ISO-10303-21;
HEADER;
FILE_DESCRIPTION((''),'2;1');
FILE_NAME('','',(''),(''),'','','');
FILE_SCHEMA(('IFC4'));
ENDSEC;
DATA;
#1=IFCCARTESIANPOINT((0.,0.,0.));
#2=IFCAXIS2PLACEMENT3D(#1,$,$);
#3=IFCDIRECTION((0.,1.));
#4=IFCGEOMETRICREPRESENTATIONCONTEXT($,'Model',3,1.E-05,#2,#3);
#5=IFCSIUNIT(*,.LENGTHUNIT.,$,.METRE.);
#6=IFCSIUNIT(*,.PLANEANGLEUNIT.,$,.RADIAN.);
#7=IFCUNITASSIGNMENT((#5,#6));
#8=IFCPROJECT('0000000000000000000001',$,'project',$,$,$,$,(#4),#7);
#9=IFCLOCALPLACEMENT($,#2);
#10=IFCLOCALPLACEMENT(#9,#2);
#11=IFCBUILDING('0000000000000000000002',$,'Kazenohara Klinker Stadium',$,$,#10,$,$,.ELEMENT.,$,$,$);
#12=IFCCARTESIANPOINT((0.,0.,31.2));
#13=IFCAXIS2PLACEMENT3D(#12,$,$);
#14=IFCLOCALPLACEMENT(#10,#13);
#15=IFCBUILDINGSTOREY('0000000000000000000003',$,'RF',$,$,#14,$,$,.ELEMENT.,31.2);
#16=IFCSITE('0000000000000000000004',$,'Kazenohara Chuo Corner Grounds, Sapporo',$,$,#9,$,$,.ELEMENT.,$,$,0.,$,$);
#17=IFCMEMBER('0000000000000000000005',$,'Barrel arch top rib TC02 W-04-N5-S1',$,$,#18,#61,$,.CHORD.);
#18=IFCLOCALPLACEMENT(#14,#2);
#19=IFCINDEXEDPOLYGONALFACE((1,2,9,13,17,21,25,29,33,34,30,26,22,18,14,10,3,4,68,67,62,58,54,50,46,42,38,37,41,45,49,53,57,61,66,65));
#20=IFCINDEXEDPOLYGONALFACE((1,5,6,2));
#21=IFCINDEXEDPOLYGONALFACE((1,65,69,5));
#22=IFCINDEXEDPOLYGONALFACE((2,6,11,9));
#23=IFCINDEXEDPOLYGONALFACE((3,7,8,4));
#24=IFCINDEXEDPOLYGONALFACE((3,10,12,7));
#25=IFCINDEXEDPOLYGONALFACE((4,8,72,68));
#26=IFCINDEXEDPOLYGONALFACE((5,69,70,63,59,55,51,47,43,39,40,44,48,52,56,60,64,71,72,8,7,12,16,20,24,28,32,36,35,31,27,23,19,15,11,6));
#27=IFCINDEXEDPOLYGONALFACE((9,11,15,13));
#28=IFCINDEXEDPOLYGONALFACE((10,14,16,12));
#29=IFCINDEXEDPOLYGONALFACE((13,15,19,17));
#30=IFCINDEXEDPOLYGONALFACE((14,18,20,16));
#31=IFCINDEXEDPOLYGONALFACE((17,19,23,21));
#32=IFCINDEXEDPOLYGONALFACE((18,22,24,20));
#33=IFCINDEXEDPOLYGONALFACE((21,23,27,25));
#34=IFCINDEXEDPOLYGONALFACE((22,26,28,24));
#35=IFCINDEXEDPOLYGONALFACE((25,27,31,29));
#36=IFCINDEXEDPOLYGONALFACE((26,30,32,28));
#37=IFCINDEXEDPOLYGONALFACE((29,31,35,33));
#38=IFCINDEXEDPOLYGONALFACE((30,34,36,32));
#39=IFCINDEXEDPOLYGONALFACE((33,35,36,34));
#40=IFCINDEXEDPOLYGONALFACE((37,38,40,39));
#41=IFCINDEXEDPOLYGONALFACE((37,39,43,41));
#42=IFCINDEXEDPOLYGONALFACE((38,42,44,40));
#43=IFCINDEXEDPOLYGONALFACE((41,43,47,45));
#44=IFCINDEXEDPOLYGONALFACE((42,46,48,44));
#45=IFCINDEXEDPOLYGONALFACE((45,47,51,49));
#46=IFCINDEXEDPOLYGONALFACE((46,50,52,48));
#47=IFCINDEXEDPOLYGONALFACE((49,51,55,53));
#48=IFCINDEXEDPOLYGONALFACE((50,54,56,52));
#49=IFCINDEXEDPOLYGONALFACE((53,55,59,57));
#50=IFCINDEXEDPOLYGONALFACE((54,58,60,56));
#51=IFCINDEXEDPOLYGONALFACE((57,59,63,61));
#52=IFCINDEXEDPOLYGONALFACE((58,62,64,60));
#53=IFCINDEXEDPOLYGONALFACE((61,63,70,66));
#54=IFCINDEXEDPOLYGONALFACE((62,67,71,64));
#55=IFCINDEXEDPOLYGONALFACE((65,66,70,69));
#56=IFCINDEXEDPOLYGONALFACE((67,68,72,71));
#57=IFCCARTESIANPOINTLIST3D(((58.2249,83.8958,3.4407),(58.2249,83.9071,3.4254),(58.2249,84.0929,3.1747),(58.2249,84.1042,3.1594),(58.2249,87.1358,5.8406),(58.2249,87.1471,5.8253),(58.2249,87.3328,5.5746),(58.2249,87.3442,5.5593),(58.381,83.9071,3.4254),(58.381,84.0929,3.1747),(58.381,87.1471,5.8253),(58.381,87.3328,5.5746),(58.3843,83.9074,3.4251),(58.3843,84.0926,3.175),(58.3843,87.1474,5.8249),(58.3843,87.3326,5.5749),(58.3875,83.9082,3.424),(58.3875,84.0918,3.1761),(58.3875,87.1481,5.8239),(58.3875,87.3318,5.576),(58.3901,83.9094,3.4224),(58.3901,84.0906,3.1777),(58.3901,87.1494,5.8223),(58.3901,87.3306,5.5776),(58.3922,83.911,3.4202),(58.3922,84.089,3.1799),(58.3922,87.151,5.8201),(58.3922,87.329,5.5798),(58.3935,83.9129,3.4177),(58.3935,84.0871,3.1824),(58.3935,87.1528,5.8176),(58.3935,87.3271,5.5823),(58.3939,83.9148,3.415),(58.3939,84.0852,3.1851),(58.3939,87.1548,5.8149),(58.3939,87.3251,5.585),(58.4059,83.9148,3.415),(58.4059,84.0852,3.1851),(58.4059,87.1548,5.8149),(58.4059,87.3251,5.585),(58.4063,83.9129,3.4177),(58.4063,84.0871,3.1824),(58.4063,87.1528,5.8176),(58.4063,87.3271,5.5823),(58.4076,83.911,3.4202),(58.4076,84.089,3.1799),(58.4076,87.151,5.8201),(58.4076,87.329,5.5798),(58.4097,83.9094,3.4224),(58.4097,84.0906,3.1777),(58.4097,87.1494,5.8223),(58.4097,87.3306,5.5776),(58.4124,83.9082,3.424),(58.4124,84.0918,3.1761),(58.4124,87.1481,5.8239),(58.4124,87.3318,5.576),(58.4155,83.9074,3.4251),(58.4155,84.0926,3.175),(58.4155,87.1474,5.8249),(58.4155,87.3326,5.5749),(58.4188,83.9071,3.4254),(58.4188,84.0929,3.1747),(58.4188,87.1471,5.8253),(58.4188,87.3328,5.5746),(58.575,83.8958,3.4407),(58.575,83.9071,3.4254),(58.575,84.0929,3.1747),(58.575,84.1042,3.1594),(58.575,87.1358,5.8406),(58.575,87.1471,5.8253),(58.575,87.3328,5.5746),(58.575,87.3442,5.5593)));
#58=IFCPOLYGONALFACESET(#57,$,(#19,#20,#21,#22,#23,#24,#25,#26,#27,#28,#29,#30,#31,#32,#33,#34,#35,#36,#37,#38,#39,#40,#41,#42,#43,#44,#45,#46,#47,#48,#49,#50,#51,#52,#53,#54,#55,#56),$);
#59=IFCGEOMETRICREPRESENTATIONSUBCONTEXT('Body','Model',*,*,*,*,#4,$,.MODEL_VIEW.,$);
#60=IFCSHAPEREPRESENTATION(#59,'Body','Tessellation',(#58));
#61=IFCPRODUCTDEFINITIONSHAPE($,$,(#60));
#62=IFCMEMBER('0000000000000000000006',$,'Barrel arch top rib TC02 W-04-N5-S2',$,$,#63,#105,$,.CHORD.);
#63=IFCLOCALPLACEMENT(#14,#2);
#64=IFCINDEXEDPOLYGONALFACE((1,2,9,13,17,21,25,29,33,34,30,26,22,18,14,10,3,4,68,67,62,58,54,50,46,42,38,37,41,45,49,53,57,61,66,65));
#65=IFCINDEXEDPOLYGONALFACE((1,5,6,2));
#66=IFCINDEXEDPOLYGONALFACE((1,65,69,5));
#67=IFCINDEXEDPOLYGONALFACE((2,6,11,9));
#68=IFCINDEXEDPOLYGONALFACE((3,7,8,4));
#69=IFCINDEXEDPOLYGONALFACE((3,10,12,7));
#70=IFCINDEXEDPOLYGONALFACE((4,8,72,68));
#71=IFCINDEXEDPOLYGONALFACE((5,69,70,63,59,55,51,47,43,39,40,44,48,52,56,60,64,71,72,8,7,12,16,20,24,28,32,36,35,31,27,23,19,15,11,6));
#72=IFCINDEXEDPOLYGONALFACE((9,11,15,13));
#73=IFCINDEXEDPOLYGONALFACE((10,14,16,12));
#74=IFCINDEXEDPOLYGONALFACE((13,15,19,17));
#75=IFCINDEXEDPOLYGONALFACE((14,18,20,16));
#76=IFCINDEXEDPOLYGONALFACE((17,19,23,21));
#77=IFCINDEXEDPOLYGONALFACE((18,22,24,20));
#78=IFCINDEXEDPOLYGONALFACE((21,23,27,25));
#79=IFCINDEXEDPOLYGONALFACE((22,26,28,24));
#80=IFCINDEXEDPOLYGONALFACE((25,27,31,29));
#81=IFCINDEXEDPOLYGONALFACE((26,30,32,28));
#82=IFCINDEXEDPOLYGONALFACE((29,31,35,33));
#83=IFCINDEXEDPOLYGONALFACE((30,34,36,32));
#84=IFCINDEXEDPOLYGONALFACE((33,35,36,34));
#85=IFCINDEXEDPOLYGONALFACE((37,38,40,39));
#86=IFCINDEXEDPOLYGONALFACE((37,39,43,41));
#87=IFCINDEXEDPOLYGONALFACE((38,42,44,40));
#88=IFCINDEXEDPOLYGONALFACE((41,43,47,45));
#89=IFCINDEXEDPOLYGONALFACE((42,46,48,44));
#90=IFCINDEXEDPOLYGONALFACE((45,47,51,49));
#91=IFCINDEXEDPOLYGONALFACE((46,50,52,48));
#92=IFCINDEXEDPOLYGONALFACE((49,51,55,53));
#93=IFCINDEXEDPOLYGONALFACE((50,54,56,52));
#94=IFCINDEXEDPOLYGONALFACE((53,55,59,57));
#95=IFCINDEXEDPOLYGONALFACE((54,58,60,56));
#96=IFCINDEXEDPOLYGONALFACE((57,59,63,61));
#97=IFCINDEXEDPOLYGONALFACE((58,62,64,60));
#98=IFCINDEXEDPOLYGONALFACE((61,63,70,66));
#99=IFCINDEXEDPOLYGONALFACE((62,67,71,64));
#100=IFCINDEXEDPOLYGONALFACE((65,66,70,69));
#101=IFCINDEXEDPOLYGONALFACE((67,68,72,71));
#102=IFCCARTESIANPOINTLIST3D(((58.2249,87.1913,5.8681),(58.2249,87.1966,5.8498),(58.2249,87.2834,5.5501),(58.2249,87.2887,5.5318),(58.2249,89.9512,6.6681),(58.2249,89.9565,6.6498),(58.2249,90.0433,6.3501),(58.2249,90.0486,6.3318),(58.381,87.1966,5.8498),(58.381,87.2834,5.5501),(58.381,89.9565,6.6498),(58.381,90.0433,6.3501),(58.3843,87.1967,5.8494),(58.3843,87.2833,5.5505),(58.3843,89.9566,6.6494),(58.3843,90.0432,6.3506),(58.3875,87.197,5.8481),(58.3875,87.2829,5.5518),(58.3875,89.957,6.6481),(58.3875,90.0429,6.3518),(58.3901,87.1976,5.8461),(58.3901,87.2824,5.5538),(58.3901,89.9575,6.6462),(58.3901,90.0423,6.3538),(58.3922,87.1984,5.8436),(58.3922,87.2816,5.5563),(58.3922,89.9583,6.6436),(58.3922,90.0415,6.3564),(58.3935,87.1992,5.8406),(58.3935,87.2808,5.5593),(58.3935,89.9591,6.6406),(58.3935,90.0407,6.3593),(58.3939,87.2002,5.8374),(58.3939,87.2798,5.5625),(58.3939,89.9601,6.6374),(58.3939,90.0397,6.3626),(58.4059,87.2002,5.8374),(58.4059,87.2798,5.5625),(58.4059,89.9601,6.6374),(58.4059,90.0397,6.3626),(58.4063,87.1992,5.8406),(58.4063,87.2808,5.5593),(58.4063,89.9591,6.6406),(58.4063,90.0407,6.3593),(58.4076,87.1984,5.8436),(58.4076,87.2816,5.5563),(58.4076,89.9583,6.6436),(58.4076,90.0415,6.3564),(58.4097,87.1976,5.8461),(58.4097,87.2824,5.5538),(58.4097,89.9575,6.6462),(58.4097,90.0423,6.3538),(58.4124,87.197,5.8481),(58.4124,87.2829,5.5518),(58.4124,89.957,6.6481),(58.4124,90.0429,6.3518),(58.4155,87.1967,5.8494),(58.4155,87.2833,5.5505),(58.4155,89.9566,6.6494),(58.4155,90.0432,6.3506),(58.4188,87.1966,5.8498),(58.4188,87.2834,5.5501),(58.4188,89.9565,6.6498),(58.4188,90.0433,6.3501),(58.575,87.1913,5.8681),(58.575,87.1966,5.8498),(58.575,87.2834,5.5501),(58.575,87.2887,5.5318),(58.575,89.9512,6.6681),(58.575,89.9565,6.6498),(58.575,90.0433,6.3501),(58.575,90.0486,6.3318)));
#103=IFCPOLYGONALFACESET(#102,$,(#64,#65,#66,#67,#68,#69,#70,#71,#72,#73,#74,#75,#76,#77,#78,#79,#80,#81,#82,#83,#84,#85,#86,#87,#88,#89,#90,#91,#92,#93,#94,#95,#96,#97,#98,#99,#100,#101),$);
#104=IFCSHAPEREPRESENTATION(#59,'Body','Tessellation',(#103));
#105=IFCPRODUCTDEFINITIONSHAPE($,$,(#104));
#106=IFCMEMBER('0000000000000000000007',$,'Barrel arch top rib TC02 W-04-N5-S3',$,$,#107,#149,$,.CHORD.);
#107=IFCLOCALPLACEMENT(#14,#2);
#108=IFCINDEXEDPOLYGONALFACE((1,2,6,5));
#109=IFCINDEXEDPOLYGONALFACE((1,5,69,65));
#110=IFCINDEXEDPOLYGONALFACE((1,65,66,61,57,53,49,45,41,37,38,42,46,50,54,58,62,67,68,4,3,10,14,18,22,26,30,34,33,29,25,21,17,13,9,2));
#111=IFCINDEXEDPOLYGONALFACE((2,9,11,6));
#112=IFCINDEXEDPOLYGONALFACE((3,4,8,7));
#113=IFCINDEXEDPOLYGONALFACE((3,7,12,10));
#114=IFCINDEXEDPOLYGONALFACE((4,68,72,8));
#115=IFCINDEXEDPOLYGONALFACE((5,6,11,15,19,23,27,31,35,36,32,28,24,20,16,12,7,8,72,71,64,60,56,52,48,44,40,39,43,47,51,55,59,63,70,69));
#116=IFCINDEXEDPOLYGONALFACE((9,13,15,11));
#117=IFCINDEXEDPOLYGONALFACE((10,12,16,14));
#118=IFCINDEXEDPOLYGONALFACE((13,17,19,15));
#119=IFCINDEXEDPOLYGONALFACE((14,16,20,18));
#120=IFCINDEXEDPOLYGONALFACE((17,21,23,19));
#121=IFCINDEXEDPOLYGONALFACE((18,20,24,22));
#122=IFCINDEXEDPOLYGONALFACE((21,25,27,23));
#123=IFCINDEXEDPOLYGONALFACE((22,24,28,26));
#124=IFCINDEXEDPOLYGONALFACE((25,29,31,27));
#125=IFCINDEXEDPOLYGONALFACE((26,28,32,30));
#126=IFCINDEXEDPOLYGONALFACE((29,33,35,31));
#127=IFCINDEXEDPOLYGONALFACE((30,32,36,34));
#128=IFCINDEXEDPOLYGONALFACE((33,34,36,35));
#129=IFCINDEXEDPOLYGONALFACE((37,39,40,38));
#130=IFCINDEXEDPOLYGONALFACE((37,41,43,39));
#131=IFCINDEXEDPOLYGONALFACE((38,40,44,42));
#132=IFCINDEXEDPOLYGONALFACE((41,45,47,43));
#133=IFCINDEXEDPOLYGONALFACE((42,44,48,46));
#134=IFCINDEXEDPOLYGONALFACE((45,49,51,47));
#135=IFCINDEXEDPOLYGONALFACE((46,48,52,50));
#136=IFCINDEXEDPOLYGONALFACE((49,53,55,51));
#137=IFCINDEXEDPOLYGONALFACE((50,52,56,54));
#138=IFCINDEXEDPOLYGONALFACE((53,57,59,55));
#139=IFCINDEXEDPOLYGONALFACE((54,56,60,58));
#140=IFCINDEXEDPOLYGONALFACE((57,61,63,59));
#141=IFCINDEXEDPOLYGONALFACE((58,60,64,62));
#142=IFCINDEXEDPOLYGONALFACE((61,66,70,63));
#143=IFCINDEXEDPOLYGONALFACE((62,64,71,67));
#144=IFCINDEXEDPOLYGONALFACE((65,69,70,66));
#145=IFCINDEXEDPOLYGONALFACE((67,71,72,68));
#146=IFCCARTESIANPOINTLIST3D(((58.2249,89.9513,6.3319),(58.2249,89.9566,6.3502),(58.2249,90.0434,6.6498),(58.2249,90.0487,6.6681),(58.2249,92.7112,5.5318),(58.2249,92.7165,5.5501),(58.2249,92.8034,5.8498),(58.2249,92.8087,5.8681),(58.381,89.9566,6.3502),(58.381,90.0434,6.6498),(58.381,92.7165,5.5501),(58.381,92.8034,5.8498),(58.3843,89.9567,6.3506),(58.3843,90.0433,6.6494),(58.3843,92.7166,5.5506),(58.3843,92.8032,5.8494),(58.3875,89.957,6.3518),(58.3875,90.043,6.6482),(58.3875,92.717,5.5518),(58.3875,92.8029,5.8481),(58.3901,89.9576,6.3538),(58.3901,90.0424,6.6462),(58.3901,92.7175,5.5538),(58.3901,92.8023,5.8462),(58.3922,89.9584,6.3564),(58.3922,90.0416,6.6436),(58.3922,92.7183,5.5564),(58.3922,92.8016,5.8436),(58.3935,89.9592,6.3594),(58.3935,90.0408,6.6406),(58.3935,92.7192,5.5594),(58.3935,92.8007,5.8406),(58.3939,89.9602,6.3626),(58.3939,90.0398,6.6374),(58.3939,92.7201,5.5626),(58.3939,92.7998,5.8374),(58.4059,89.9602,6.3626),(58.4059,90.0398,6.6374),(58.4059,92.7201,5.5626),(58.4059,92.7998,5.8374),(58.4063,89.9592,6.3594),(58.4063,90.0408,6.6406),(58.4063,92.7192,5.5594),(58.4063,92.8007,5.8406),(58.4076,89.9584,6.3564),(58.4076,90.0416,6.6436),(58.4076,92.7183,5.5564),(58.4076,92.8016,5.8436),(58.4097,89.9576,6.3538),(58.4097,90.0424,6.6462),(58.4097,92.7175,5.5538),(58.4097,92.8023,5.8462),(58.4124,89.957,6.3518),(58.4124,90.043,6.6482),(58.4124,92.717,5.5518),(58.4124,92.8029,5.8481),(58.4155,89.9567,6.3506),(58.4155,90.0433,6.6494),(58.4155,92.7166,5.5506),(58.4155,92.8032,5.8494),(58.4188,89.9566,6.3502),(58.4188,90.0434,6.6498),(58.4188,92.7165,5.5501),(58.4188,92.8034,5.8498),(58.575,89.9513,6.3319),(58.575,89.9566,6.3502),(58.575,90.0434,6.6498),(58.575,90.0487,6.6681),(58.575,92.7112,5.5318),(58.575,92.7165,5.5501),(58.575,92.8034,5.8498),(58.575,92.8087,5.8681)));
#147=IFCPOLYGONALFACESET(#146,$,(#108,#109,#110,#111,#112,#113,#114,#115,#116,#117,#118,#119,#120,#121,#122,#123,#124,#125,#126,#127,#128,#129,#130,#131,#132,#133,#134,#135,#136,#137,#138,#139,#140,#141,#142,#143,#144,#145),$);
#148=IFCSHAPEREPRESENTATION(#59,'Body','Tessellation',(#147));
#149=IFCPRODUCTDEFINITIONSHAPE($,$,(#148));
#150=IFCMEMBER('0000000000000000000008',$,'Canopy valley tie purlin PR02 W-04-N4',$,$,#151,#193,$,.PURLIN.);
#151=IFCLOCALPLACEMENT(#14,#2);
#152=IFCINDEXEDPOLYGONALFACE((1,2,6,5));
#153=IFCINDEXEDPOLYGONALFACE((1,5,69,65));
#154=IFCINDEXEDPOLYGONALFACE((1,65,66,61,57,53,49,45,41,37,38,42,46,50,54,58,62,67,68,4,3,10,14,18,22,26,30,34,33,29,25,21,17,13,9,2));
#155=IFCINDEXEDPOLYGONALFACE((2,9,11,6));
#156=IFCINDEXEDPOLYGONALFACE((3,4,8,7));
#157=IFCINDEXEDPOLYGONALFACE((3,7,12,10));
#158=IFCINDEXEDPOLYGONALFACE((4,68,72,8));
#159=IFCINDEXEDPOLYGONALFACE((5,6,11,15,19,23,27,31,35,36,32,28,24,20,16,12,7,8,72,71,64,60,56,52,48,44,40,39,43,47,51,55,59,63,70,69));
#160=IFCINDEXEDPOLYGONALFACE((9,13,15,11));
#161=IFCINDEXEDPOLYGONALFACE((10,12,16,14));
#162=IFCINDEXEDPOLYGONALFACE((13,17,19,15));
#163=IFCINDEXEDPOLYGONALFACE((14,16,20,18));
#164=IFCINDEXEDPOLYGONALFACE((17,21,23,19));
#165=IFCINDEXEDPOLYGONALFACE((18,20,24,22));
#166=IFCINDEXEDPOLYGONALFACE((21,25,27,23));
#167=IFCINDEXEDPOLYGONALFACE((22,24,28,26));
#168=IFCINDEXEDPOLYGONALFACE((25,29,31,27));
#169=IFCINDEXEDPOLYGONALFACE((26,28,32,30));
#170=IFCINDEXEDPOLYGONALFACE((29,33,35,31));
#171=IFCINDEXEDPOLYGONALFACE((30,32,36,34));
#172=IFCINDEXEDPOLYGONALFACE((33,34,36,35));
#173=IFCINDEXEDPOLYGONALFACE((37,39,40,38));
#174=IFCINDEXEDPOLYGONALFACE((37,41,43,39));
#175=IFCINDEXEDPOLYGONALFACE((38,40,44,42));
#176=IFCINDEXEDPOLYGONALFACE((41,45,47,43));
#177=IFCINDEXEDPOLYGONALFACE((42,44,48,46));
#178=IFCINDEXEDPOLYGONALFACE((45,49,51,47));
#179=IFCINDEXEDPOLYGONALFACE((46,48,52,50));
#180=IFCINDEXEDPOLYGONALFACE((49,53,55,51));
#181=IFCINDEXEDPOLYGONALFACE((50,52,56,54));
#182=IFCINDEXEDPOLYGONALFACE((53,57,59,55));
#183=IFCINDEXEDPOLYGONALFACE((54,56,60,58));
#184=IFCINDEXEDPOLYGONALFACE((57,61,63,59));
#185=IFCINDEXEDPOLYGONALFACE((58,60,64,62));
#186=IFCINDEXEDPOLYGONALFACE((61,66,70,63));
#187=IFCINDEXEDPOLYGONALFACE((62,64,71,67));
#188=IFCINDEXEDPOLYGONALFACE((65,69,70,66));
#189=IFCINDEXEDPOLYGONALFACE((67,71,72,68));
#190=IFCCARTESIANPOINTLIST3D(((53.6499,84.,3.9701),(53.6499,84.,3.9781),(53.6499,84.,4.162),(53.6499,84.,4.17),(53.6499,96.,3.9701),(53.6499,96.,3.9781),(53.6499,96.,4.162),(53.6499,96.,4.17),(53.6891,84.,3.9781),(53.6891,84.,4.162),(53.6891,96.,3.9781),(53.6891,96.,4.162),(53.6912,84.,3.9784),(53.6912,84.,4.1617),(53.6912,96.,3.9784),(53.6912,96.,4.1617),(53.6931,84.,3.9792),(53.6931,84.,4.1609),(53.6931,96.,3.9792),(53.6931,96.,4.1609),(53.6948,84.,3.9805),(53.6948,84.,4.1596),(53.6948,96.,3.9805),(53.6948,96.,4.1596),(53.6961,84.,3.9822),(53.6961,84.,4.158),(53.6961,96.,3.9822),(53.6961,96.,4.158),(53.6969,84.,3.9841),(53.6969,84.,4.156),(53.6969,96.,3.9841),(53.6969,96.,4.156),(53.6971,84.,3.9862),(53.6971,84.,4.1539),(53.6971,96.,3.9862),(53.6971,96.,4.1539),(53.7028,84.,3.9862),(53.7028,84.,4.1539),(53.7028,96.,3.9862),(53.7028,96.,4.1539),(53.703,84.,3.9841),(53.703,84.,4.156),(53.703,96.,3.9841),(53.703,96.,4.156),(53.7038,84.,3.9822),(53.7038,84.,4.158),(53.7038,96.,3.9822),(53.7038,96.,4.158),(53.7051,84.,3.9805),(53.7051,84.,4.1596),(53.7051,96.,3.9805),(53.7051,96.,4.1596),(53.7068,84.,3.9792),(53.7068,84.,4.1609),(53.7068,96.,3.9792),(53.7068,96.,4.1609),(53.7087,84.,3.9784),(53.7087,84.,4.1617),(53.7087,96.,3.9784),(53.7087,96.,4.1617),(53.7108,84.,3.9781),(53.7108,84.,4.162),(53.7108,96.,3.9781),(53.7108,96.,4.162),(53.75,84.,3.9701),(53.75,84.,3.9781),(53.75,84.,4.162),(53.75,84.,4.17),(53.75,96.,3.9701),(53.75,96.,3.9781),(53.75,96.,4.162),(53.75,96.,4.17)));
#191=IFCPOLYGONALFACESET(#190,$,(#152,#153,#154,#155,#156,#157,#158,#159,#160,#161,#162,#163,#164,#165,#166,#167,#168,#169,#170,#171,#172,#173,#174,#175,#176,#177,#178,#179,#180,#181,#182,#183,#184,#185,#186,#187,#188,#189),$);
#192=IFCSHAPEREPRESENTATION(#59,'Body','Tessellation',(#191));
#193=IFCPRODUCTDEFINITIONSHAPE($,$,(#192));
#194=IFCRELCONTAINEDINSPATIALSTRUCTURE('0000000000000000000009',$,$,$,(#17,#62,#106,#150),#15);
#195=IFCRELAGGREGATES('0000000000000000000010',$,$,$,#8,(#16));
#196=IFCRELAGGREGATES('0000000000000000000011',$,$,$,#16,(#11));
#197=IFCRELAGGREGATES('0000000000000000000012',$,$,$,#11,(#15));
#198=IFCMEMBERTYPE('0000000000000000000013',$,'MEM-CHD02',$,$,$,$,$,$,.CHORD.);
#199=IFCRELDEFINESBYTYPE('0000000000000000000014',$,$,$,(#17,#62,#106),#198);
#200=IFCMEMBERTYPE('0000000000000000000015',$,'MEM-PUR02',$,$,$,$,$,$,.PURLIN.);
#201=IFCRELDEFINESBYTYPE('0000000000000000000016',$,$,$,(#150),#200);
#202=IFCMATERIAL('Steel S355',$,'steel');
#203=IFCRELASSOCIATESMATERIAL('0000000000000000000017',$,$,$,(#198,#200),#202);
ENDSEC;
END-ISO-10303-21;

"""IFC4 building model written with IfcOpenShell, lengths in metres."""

from ifc_helpers import new_model, si_unit, direction, frame, origin, origin_2d, place, context, subcontext, project, spatial, i_section, extrude, material, material_profile, profile_set, type_object, element, save


model = new_model("IFC4")

# Units and contexts
model_context = context("Model", 3, precision=1e-05, world=origin(), true_north=direction((0.0, 1.0)))
body_context = subcontext(model_context, "Body", "Model", "MODEL_VIEW")
ifc_project = project(units=[si_unit("LENGTHUNIT", "METRE"), si_unit("PLANEANGLEUNIT", "RADIAN")], contexts=[model_context])

# Site, building, storey
site_placement = place(None, origin())
site = spatial("IfcSite", under=ifc_project, at=site_placement, Name="Kazenohara Chuo Corner Grounds, Sapporo", CompositionType="ELEMENT", RefElevation=0.0)
building_placement = place(site_placement, origin())
building = spatial("IfcBuilding", under=site, at=building_placement, Name="Kazenohara Klinker Stadium", CompositionType="ELEMENT")
storey_placement = place(building_placement, frame((0.0, 0.0, 31.2)))
storey = spatial("IfcBuildingStorey", under=building, at=storey_placement, Name="RF", CompositionType="ELEMENT", Elevation=31.2)

# Members
ifc_material_1 = material(Name="Steel S355", Category="steel")
ifc_material_profile_1 = material_profile(ifc_material_1, i_section(OverallWidth=0.3501, OverallDepth=0.3501, WebThickness=0.012, FlangeThickness=0.019, FilletRadius=0.0129, at=origin_2d()), Name="H-350x350x12x19")
ifc_profile_set_1 = profile_set([ifc_material_profile_1], Name="Steel S355")
member_type_1 = type_object("IfcMemberType", Name="MEM-CHD02", PredefinedType="CHORD", material=ifc_profile_set_1)
for number, where, z_axis, x_axis, name in (
    (1, (58.3999, 84.0, 3.3), (0.0, 0.803568, 0.595213), (-1.0, 0.0, 0.0), "Barrel arch top rib TC02 W-04-N5-S1"),
):
    element("IfcMember", number, at=place(storey_placement, frame(where, z_axis=z_axis, x_axis=x_axis)), inside=storey, type_object=member_type_1, Name=name, PredefinedType="CHORD", context=body_context, shape_type="SweptSolid", body=[
        extrude(i_section(OverallWidth=0.3501, OverallDepth=0.3501, WebThickness=0.012, FlangeThickness=0.019, FilletRadius=0.0129, at=origin_2d()), origin(), (0.0, 0.0, 1.0), 4.032),
    ])
for number, where, z_axis, x_axis, name in (
    (2, (58.3999, 87.24, 5.7), (0.0, 0.960462, 0.278411), (-1.0, 0.0, 0.0), "Barrel arch top rib TC02 W-04-N5-S2"),
    (3, (58.3999, 90.0, 6.5), (0.0, 0.960462, -0.278411), (-1.0, 0.0, 0.0), "Barrel arch top rib TC02 W-04-N5-S3"),
):
    element("IfcMember", number, at=place(storey_placement, frame(where, z_axis=z_axis, x_axis=x_axis)), inside=storey, type_object=member_type_1, Name=name, PredefinedType="CHORD", context=body_context, shape_type="SweptSolid", body=[
        extrude(i_section(OverallWidth=0.3501, OverallDepth=0.3501, WebThickness=0.012, FlangeThickness=0.019, FilletRadius=0.0129, at=origin_2d()), origin(), (0.0, 0.0, 1.0), 2.8735),
    ])
ifc_material_profile_2 = material_profile(ifc_material_1, i_section(OverallWidth=0.1001, OverallDepth=0.2, WebThickness=0.0056, FlangeThickness=0.0081, FilletRadius=0.0081, at=origin_2d()), Name="H-200x100x5.5x8")
ifc_profile_set_2 = profile_set([ifc_material_profile_2], Name="Steel S355")
member_type_2 = type_object("IfcMemberType", Name="MEM-PUR02", PredefinedType="PURLIN", material=ifc_profile_set_2)
member_1_placement = place(storey_placement, frame((53.7, 84.0, 4.0701), z_axis=(0.0, 1.0, 0.0), x_axis=(-1.0, 0.0, 0.0)))
element("IfcMember", 4, at=member_1_placement, inside=storey, type_object=member_type_2, Name="Canopy valley tie purlin PR02 W-04-N4", PredefinedType="PURLIN", context=body_context, shape_type="SweptSolid", body=[
    extrude(i_section(OverallWidth=0.1001, OverallDepth=0.2, WebThickness=0.0056, FlangeThickness=0.0081, FilletRadius=0.0081, at=origin_2d()), origin(), (0.0, 0.0, 1.0), 12.0),
])

save(model, "model.ifc")
